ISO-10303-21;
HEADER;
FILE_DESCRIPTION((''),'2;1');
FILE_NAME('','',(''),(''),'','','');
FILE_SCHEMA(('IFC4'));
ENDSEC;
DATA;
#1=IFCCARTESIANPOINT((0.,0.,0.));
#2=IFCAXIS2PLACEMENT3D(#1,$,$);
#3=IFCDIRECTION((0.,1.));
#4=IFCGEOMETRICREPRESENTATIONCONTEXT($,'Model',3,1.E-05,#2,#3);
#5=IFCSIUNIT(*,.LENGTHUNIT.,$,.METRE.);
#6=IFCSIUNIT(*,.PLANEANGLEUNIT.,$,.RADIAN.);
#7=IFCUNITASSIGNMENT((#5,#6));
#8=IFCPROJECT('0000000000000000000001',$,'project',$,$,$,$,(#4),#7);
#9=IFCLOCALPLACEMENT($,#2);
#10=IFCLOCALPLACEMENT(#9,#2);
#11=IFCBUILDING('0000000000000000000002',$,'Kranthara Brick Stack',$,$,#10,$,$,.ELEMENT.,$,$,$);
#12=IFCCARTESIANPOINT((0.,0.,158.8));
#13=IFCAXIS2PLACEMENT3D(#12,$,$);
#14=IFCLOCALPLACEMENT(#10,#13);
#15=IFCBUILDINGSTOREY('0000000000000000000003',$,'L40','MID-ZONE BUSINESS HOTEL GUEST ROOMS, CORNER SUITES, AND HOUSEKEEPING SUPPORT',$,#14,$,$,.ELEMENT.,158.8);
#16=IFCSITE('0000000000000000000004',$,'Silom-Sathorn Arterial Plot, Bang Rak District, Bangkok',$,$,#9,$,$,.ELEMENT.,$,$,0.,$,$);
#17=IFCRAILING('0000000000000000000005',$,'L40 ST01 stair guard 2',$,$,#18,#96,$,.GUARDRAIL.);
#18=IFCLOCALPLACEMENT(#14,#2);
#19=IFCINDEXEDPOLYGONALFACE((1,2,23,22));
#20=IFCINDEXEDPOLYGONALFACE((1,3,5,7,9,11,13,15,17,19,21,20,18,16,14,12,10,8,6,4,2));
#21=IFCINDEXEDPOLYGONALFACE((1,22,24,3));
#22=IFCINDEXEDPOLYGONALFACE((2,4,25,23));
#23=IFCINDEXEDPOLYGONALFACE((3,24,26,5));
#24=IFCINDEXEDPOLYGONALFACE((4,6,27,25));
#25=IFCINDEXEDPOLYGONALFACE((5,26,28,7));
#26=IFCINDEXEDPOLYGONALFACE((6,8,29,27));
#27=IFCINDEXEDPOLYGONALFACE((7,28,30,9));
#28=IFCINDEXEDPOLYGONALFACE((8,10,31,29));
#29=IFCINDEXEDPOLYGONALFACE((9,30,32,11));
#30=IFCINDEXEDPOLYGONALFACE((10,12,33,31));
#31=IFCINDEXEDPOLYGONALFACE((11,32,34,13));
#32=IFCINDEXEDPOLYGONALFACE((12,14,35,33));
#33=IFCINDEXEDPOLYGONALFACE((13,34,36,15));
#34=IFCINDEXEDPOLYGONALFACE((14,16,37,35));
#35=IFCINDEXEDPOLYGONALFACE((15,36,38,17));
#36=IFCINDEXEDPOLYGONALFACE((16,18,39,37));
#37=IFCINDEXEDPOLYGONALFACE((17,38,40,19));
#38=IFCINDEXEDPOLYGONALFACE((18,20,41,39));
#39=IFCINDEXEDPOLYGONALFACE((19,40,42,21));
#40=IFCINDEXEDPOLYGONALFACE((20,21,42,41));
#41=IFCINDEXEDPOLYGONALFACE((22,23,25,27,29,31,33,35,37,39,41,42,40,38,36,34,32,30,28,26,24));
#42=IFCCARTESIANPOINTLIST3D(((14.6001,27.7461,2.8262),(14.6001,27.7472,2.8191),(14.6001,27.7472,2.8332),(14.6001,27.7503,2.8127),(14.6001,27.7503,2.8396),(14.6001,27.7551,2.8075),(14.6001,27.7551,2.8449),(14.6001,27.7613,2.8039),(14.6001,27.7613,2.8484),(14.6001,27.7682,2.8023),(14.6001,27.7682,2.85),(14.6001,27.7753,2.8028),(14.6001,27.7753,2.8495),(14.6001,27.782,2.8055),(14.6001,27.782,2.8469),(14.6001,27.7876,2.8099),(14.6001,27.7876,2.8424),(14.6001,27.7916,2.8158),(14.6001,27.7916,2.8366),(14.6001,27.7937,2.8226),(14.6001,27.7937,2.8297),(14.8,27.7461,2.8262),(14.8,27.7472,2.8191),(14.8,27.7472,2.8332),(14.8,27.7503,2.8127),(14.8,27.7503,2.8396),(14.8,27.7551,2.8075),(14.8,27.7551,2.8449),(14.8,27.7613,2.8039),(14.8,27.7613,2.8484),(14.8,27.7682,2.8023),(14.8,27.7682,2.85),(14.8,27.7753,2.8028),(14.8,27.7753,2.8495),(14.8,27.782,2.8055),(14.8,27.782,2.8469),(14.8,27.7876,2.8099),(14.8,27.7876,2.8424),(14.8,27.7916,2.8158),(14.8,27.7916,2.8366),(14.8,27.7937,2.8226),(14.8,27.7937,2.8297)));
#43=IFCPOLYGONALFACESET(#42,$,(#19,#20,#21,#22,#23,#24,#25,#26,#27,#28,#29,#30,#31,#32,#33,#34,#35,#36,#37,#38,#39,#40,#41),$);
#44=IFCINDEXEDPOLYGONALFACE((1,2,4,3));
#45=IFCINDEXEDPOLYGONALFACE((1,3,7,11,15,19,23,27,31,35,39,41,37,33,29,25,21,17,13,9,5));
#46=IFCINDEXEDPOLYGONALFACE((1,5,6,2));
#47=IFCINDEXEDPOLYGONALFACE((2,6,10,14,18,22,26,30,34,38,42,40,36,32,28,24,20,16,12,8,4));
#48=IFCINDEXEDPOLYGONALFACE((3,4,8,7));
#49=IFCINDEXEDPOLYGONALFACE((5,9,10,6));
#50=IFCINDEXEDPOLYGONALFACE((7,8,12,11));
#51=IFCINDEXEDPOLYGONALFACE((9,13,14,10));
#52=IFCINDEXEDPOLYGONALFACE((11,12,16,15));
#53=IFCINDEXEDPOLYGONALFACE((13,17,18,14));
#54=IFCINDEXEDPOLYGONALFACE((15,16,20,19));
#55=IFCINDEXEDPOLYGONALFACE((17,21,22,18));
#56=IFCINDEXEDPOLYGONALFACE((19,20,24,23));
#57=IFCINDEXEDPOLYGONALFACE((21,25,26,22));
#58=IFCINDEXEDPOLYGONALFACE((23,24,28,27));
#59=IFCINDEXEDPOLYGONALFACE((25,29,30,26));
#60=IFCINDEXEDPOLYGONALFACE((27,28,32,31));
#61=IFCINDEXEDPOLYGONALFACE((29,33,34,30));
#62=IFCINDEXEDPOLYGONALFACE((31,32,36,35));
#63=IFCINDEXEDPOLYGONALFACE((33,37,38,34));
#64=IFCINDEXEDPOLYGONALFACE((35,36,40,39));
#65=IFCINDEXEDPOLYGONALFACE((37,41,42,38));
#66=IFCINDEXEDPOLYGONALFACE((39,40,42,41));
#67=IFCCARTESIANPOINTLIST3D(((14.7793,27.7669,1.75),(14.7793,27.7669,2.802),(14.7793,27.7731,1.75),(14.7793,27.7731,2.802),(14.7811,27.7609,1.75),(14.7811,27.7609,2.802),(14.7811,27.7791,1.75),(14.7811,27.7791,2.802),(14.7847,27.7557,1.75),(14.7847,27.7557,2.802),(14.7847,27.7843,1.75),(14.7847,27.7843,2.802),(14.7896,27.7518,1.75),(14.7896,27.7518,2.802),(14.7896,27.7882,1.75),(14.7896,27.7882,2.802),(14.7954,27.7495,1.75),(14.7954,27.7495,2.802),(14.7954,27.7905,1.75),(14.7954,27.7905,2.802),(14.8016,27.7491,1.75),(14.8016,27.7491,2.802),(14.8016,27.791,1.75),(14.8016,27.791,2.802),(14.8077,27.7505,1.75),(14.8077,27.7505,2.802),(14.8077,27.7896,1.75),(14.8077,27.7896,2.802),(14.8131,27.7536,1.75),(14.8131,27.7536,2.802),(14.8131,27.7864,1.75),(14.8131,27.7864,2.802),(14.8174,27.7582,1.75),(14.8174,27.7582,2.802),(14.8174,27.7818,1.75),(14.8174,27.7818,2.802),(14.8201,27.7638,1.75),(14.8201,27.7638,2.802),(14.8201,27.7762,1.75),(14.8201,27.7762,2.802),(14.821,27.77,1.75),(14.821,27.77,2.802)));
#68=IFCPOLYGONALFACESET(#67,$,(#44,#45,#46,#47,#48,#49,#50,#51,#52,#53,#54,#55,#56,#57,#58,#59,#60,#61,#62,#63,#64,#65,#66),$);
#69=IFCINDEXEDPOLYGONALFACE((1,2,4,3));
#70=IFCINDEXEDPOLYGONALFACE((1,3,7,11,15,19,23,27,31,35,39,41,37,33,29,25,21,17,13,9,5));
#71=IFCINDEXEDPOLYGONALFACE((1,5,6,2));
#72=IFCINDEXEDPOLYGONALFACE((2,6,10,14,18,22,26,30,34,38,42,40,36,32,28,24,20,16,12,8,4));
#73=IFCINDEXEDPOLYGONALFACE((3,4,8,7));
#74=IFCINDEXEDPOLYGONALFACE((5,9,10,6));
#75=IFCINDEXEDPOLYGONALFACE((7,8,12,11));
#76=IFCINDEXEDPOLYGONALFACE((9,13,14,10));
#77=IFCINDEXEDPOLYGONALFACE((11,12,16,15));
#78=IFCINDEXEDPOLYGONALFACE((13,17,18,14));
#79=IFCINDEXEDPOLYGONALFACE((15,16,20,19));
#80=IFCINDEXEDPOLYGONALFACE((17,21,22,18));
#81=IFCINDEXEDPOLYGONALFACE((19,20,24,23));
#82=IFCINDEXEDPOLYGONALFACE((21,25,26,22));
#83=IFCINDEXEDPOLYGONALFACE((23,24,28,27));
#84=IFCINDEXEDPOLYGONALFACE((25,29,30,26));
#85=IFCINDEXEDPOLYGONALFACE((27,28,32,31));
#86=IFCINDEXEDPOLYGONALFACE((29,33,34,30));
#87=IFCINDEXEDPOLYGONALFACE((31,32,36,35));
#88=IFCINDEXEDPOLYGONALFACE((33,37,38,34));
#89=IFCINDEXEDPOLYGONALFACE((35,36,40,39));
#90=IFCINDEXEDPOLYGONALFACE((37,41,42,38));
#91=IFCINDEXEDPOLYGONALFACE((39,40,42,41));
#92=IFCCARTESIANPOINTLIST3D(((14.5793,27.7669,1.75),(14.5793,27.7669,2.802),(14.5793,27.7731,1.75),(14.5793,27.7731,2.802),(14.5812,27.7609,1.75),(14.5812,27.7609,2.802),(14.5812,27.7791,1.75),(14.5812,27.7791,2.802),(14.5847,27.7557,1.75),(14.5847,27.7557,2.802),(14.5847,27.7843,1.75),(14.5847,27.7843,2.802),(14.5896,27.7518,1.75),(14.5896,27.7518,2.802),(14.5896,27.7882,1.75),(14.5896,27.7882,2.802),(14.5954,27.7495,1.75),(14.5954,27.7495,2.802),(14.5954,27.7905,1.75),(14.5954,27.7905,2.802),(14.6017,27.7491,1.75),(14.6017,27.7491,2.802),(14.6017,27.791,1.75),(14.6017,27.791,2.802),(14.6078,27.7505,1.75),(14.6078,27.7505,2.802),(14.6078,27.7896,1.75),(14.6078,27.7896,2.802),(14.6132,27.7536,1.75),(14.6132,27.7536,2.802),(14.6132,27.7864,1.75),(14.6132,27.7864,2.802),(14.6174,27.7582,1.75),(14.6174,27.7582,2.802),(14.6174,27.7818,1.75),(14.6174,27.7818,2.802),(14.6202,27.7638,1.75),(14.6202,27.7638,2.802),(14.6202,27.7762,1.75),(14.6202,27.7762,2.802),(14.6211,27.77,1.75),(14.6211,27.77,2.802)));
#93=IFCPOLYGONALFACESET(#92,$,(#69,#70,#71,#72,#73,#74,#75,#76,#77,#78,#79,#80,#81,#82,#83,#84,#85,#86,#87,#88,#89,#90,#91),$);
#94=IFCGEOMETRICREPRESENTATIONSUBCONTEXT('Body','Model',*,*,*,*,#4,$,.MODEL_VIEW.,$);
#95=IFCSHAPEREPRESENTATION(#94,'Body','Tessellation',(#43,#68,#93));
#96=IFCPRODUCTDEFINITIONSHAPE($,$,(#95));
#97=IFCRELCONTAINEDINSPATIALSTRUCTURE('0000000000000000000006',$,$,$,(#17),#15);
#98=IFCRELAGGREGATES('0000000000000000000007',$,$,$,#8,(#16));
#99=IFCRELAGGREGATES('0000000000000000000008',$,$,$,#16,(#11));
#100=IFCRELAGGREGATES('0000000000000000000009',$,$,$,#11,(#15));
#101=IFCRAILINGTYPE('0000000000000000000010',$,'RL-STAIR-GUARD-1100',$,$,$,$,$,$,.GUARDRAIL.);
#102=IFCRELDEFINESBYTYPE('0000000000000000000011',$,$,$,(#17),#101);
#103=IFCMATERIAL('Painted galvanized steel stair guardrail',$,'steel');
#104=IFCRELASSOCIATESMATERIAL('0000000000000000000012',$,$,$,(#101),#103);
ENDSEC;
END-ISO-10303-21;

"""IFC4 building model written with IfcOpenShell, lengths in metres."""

from ifc_helpers import new_model, si_unit, direction, frame, origin, origin_2d, place, context, subcontext, project, spatial, circle, extrude, material, type_object, element, save


model = new_model("IFC4")

# Units and contexts
model_context = context("Model", 3, precision=1e-05, world=origin(), true_north=direction((0.0, 1.0)))
body_context = subcontext(model_context, "Body", "Model", "MODEL_VIEW")
ifc_project = project(units=[si_unit("LENGTHUNIT", "METRE"), si_unit("PLANEANGLEUNIT", "RADIAN")], contexts=[model_context])

# Site, building, storey
site_placement = place(None, origin())
site = spatial("IfcSite", under=ifc_project, at=site_placement, Name="Silom-Sathorn Arterial Plot, Bang Rak District, Bangkok", CompositionType="ELEMENT", RefElevation=0.0)
building_placement = place(site_placement, origin())
building = spatial("IfcBuilding", under=site, at=building_placement, Name="Kranthara Brick Stack", CompositionType="ELEMENT")
storey_placement = place(building_placement, frame((0.0, 0.0, 158.8)))
storey = spatial("IfcBuildingStorey", under=building, at=storey_placement, Name="L40", Description="MID-ZONE BUSINESS HOTEL GUEST ROOMS, CORNER SUITES, AND HOUSEKEEPING SUPPORT", CompositionType="ELEMENT", Elevation=158.8)

# Railing
ifc_material_1 = material(Name="Painted galvanized steel stair guardrail", Category="steel")
railing_type_1 = type_object("IfcRailingType", Name="RL-STAIR-GUARD-1100", PredefinedType="GUARDRAIL", material=ifc_material_1)
railing_1_placement = place(storey_placement, frame((14.8, 27.77, 1.75)))
element("IfcRailing", 1, at=railing_1_placement, inside=storey, type_object=railing_type_1, Name="L40 ST01 stair guard 2", PredefinedType="GUARDRAIL", context=body_context, shape_type="SweptSolid", body=[
    extrude(circle(Radius=0.0239, at=origin_2d()), frame((0.0, 0.0, 1.0762), z_axis=(-1.0, 0.0, 0.0), x_axis=(0.0, -1.0, 0.0)), (0.0, 0.0, 1.0), 0.2),
    extrude(circle(Radius=0.021, at=origin_2d()), origin(), (0.0, 0.0, 1.0), 1.052),
    extrude(circle(Radius=0.021, at=origin_2d()), frame((-0.2, 0.0, 0.0)), (0.0, 0.0, 1.0), 1.052),
])

save(model, "model.ifc")
